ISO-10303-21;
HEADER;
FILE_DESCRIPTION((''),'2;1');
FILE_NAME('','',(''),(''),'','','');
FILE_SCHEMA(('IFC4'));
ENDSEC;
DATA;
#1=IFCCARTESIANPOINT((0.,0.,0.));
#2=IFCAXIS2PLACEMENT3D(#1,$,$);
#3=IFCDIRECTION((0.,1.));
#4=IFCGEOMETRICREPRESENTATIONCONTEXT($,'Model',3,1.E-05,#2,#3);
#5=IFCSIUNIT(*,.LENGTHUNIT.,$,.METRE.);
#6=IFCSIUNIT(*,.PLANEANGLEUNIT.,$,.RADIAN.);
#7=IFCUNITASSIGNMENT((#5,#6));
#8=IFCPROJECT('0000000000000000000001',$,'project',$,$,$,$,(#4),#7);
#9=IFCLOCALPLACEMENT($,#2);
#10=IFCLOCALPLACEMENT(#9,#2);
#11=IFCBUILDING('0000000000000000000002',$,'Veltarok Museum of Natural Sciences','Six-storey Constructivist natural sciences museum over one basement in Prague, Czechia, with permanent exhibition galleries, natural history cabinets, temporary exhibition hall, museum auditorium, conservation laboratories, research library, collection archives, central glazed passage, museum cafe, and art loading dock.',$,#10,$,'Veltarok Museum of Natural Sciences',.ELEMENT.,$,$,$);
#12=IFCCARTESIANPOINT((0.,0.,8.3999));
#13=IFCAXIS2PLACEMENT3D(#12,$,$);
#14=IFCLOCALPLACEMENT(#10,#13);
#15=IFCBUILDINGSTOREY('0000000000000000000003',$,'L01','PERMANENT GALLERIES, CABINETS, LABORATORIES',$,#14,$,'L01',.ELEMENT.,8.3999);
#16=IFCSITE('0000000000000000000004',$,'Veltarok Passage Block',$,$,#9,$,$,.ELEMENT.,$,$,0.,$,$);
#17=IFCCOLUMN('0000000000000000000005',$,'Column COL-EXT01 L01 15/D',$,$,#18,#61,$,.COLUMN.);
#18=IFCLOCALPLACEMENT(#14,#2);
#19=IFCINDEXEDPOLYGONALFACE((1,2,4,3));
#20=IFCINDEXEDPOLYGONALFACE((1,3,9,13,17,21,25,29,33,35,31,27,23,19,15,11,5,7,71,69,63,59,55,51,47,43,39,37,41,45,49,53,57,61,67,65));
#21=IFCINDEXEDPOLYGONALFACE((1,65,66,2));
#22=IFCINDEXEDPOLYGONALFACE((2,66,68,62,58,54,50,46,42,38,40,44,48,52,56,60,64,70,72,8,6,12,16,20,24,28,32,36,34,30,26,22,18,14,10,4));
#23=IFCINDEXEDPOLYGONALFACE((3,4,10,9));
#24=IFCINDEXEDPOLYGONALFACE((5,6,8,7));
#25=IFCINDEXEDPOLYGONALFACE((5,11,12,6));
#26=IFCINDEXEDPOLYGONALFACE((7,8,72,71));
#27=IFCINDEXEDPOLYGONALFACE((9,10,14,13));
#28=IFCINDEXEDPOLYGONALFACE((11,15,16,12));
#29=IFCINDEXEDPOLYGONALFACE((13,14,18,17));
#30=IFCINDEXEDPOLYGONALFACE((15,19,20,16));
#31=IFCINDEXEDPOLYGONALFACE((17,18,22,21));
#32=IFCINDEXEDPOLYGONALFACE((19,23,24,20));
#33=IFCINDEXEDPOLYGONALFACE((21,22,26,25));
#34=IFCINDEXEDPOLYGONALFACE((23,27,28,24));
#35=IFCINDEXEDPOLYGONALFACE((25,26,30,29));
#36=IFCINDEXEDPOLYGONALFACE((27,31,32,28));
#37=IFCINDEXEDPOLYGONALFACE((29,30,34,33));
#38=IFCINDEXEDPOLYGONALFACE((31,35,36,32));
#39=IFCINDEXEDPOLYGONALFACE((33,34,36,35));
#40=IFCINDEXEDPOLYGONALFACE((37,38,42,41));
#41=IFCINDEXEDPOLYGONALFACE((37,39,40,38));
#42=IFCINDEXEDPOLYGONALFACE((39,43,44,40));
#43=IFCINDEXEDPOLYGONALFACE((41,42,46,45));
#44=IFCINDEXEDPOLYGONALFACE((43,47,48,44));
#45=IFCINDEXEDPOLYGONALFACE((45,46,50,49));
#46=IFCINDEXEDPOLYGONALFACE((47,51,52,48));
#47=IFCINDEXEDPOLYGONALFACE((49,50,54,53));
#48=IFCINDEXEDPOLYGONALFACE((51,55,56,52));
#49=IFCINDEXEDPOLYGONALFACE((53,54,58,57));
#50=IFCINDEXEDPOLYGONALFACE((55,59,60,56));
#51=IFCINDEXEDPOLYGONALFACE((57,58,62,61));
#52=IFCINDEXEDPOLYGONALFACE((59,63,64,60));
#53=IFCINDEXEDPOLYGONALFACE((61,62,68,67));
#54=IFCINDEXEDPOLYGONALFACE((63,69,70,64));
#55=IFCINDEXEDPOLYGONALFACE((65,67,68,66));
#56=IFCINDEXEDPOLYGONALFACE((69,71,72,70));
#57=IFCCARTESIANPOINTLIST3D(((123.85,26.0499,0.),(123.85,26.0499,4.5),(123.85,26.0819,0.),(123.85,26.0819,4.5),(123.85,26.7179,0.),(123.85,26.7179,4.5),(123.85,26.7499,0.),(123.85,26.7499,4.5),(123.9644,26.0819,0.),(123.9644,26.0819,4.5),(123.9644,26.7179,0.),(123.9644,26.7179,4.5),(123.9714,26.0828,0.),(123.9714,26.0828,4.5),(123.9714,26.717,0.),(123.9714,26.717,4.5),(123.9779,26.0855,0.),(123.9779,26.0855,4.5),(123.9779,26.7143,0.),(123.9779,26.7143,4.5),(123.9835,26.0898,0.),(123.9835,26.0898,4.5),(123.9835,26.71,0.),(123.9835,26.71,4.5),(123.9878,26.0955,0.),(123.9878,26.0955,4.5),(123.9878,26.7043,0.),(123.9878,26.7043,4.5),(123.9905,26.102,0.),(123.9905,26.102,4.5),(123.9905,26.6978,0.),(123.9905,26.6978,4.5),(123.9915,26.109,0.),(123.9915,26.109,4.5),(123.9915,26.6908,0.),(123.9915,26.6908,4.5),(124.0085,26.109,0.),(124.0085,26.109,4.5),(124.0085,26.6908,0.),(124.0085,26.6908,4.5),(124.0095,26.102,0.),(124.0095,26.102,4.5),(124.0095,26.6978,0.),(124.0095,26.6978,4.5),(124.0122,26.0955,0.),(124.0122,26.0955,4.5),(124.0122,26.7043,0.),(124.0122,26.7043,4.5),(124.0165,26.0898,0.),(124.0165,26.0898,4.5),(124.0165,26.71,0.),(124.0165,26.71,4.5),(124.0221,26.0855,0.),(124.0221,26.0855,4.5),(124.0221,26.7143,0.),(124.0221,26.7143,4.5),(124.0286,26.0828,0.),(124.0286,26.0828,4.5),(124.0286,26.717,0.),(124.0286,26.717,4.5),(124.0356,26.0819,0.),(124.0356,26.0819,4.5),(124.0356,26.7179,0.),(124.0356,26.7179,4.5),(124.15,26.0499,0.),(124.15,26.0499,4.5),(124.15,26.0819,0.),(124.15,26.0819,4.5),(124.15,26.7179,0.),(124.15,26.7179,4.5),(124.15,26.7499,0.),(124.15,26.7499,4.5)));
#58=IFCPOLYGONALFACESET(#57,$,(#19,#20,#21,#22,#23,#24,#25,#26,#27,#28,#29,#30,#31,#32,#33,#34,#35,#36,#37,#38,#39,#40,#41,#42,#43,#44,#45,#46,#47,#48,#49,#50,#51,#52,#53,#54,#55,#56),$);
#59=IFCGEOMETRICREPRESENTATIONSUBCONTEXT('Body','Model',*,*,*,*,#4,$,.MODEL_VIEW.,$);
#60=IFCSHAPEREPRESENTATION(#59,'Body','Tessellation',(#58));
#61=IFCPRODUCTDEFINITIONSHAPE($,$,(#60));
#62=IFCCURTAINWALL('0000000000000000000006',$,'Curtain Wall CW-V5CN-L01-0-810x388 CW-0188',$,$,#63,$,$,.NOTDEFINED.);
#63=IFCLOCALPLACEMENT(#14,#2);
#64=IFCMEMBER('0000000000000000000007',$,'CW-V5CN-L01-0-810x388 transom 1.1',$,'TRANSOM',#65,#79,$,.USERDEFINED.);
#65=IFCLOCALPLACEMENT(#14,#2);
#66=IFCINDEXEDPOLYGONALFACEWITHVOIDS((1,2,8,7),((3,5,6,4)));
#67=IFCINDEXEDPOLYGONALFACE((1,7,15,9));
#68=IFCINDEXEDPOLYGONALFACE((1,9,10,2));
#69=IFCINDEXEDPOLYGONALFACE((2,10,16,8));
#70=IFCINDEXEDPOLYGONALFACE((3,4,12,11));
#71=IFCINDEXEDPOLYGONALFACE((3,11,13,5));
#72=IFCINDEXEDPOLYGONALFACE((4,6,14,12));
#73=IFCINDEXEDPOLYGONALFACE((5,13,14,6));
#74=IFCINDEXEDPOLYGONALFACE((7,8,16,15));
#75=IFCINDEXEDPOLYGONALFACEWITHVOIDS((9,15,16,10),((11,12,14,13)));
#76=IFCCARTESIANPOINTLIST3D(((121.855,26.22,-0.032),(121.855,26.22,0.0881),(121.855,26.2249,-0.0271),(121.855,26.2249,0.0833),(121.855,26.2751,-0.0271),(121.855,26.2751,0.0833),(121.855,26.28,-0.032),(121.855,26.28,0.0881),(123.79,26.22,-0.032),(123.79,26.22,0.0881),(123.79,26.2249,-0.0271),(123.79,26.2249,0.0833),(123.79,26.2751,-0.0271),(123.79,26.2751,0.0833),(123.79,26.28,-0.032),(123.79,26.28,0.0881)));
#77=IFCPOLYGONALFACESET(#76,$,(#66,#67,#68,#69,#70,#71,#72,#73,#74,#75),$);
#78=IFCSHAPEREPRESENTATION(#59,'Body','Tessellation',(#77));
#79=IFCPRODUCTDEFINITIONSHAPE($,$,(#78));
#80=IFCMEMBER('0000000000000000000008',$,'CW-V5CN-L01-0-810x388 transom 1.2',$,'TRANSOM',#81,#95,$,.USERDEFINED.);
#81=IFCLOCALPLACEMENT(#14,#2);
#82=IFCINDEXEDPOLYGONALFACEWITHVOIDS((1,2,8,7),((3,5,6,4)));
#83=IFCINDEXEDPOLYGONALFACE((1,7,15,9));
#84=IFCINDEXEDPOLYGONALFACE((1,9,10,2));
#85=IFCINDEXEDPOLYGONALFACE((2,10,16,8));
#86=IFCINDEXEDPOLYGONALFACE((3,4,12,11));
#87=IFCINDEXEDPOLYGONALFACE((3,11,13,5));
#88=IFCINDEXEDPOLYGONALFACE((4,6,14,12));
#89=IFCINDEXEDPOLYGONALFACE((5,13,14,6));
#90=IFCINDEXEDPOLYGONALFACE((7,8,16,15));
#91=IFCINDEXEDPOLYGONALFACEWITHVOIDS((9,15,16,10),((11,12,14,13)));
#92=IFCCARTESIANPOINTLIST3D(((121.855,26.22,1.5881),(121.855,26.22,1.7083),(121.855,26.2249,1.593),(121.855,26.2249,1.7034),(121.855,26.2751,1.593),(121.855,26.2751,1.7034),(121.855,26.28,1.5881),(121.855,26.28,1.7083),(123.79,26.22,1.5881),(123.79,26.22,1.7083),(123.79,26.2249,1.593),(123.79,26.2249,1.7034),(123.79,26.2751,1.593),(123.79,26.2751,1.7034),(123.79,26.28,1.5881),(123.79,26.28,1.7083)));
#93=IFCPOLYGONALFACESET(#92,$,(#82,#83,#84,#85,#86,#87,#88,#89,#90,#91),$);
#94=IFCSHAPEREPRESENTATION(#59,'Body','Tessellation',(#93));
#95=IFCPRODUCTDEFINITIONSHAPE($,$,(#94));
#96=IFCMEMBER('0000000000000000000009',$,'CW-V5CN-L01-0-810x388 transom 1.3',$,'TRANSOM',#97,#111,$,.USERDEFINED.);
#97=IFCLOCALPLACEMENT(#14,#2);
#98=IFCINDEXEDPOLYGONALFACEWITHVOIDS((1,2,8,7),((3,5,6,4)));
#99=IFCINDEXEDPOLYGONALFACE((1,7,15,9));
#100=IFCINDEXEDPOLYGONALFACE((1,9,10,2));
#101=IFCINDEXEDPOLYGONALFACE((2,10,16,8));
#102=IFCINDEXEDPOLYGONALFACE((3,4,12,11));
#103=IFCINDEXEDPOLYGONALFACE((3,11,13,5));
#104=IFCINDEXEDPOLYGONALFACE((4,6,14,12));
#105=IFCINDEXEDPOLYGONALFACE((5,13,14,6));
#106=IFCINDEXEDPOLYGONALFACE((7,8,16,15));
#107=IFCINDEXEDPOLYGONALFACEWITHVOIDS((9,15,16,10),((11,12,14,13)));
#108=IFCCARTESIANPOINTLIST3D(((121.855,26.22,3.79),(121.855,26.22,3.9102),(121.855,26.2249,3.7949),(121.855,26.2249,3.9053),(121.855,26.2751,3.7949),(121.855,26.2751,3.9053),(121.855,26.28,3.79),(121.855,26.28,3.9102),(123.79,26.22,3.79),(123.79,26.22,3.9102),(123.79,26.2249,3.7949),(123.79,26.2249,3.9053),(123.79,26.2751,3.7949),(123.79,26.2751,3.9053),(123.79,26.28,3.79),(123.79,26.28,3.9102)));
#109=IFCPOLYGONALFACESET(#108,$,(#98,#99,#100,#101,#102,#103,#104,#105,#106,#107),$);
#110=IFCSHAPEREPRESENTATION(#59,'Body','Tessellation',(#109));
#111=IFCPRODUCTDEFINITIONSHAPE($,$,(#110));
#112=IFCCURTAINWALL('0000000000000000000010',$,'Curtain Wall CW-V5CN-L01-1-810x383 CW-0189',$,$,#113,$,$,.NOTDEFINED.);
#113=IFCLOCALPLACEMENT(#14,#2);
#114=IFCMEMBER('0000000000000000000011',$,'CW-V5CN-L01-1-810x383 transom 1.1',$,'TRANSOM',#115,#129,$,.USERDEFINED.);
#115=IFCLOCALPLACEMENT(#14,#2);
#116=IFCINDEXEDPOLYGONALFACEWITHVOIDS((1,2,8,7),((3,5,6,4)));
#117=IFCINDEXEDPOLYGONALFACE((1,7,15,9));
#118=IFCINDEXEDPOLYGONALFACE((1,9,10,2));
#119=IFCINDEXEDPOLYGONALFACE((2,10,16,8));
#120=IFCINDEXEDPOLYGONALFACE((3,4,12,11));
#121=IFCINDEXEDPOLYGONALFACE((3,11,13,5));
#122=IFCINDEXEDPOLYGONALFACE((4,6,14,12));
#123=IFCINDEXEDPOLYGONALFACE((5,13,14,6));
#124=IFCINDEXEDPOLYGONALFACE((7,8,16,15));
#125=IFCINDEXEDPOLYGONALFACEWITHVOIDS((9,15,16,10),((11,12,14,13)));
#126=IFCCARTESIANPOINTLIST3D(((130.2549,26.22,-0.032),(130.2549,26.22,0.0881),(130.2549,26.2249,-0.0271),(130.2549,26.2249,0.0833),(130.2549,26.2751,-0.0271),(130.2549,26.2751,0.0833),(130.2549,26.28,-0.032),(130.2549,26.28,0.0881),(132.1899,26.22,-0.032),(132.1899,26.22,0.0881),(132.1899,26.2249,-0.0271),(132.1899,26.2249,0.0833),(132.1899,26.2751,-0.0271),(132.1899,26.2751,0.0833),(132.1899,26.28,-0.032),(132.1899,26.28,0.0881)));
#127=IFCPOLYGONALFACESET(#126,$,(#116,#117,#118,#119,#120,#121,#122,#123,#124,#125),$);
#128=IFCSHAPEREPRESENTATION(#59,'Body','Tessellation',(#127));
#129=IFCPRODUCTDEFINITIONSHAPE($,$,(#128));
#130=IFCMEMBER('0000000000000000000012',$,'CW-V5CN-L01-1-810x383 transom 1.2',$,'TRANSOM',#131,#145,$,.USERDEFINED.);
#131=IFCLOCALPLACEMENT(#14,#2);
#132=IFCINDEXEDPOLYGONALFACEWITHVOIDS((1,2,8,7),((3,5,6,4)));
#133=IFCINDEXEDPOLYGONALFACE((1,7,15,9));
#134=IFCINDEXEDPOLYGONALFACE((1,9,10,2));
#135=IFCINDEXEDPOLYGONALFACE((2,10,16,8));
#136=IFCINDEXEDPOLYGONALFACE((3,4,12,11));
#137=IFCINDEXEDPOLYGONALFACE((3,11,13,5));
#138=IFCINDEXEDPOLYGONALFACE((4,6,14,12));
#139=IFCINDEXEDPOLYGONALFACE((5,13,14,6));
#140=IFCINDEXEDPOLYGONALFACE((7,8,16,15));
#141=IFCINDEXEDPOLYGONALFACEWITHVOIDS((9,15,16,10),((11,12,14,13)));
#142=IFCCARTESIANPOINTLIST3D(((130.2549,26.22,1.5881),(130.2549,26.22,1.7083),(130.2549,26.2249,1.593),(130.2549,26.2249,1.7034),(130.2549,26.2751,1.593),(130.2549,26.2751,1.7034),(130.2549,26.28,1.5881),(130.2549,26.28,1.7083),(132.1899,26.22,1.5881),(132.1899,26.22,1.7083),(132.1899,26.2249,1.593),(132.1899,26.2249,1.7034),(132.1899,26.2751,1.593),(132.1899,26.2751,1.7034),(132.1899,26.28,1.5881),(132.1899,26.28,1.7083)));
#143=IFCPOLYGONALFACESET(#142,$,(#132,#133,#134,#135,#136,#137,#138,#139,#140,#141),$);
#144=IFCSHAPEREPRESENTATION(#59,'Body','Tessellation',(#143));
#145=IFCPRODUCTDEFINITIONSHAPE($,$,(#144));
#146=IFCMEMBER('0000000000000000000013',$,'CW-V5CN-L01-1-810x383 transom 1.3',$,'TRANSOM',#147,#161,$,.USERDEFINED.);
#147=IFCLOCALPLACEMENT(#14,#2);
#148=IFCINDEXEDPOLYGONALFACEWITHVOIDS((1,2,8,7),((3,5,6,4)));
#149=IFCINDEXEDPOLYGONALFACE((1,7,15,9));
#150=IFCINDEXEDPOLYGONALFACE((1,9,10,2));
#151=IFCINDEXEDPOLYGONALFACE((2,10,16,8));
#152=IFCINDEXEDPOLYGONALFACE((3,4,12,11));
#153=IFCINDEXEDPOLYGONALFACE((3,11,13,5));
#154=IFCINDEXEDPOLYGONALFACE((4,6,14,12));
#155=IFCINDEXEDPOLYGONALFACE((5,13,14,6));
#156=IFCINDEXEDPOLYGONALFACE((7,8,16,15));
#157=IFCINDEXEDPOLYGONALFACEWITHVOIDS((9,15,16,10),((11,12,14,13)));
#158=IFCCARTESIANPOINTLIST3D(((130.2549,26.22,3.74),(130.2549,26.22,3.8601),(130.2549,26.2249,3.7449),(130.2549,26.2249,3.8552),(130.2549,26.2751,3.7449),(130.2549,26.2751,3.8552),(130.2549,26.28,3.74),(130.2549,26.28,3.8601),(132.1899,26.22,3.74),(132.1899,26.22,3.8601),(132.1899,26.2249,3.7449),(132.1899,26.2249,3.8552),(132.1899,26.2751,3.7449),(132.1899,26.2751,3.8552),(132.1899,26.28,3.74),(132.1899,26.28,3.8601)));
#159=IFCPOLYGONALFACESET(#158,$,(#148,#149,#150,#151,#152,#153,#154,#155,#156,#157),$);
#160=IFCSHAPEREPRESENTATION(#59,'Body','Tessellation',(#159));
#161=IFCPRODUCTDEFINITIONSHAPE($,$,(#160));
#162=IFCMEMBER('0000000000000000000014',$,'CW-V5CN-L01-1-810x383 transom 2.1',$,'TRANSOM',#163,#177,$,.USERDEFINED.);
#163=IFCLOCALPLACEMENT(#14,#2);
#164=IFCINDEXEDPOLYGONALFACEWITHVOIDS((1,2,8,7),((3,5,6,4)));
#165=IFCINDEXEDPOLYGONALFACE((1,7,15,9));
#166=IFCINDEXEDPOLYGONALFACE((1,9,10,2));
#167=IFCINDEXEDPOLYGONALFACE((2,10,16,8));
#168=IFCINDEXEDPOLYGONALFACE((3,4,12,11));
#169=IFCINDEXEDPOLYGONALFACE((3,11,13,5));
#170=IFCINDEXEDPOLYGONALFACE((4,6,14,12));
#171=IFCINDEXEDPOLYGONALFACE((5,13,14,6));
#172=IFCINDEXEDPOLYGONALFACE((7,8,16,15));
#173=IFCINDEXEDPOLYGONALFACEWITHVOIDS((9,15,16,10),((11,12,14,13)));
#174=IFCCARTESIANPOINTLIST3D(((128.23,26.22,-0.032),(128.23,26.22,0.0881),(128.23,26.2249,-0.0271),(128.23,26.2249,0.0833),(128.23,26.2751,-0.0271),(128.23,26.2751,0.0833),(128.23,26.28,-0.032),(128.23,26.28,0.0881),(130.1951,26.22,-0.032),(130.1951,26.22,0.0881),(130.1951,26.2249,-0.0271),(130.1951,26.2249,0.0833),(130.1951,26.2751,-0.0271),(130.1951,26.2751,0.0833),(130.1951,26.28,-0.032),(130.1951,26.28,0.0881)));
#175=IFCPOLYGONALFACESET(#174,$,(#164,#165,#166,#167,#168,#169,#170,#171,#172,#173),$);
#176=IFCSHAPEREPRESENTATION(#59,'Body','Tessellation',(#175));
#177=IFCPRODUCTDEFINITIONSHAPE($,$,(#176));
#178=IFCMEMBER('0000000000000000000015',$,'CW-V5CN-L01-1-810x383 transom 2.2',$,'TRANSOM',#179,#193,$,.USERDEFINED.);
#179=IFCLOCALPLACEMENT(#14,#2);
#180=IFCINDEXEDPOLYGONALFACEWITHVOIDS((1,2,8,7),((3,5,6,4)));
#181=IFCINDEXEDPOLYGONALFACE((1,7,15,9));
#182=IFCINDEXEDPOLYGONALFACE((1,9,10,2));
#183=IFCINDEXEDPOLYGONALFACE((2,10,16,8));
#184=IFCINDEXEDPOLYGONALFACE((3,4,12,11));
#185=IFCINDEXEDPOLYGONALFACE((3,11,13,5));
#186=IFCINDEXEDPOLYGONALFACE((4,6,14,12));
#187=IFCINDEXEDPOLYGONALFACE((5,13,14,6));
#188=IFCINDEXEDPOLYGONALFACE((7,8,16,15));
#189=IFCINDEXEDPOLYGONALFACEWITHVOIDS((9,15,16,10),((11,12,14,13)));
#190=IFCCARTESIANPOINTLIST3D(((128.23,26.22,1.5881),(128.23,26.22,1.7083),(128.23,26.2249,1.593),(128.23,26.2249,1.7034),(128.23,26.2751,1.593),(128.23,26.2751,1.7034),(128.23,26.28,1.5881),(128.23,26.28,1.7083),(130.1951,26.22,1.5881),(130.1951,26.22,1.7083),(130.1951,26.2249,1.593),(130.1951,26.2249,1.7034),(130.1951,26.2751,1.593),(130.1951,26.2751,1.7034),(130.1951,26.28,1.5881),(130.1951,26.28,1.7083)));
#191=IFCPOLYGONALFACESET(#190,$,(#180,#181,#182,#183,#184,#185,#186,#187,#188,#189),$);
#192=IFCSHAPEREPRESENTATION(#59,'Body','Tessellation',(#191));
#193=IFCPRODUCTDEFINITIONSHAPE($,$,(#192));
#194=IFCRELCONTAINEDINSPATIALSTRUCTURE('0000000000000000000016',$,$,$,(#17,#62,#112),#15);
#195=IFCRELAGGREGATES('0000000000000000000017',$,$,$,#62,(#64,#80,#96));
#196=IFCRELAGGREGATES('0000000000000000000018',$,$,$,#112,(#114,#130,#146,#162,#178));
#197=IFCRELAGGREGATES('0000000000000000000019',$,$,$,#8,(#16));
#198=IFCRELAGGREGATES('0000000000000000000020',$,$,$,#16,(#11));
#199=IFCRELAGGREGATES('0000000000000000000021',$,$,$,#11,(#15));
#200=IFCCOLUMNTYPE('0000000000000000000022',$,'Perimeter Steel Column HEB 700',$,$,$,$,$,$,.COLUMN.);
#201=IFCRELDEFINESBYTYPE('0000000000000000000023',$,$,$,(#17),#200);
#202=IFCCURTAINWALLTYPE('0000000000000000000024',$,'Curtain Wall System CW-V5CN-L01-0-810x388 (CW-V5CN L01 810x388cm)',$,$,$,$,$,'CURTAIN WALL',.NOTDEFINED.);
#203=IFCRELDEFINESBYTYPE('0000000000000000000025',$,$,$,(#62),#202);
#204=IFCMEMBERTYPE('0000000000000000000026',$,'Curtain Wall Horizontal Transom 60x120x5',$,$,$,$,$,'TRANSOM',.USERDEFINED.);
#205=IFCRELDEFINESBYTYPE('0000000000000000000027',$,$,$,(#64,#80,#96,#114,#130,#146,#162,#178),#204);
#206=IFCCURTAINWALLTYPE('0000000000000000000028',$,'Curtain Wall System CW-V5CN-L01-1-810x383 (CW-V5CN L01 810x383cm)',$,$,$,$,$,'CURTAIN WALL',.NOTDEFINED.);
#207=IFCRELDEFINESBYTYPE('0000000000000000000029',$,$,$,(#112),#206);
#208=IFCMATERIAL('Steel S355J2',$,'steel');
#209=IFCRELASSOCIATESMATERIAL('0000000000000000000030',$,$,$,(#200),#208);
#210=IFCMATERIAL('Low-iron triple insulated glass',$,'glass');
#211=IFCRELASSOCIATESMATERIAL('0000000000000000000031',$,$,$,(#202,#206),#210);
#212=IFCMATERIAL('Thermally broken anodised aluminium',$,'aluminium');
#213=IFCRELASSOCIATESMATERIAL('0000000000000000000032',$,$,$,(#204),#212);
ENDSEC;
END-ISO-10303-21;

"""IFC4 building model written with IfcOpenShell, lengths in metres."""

from ifc_helpers import new_model, si_unit, direction, frame, origin, origin_2d, place, context, subcontext, project, spatial, hollow_rectangle, i_section, extrude, material, material_profile, profile_set, type_object, element, aggregate, save


model = new_model("IFC4")

# Units and contexts
model_context = context("Model", 3, precision=1e-05, world=origin(), true_north=direction((0.0, 1.0)))
body_context = subcontext(model_context, "Body", "Model", "MODEL_VIEW")
ifc_project = project(units=[si_unit("LENGTHUNIT", "METRE"), si_unit("PLANEANGLEUNIT", "RADIAN")], contexts=[model_context])

# Site, building, storey
site_placement = place(None, origin())
site = spatial("IfcSite", under=ifc_project, at=site_placement, Name="Veltarok Passage Block", CompositionType="ELEMENT", RefElevation=0.0)
building_placement = place(site_placement, origin())
building = spatial("IfcBuilding", under=site, at=building_placement, Name="Veltarok Museum of Natural Sciences", Description="Six-storey Constructivist natural sciences museum over one basement in Prague, Czechia, with permanent exhibition galleries, natural history cabinets, temporary exhibition hall, museum auditorium, conservation laboratories, research library, collection archives, central glazed passage, museum cafe, and art loading dock.", LongName="Veltarok Museum of Natural Sciences", CompositionType="ELEMENT")
storey_placement = place(building_placement, frame((0.0, 0.0, 8.3999)))
storey = spatial("IfcBuildingStorey", under=building, at=storey_placement, Name="L01", Description="PERMANENT GALLERIES, CABINETS, LABORATORIES", LongName="L01", CompositionType="ELEMENT", Elevation=8.3999)

# Column
ifc_material_1 = material(Name="Steel S355J2", Category="steel")
ifc_material_profile_1 = material_profile(ifc_material_1, i_section(OverallWidth=0.3, OverallDepth=0.7, WebThickness=0.0171, FlangeThickness=0.032, FilletRadius=0.0271, at=origin_2d()), Name="HEB 700")
ifc_profile_set_1 = profile_set([ifc_material_profile_1], Name="Steel S355J2")
column_type = type_object("IfcColumnType", Name="Perimeter Steel Column HEB 700", PredefinedType="COLUMN", material=ifc_profile_set_1)
column_placement = place(storey_placement, frame((124.0, 26.3999, 0.0), z_axis=(0.0, 0.0, 1.0), x_axis=(1.0, 0.0, 0.0)))
element("IfcColumn", 1, at=column_placement, inside=storey, type_object=column_type, Name="Column COL-EXT01 L01 15/D", PredefinedType="COLUMN", context=body_context, shape_type="SweptSolid", body=[
    extrude(i_section(OverallWidth=0.3, OverallDepth=0.7, WebThickness=0.0171, FlangeThickness=0.032, FilletRadius=0.0271, at=origin_2d()), origin(), (0.0, 0.0, 1.0), 4.5),
])

# Curtain walls, members
ifc_material_2 = material(Name="Low-iron triple insulated glass", Category="glass")
curtain_wall_type_1 = type_object("IfcCurtainWallType", Name="Curtain Wall System CW-V5CN-L01-0-810x388 (CW-V5CN L01 810x388cm)", ElementType="CURTAIN WALL", PredefinedType="NOTDEFINED", material=ifc_material_2)
curtain_wall_1_placement = place(storey_placement, origin())
curtain_wall_1 = element("IfcCurtainWall", 2, at=curtain_wall_1_placement, inside=storey, type_object=curtain_wall_type_1, Name="Curtain Wall CW-V5CN-L01-0-810x388 CW-0188", PredefinedType="NOTDEFINED")
ifc_material_3 = material(Name="Thermally broken anodised aluminium", Category="aluminium")
ifc_material_profile_2 = material_profile(ifc_material_3, hollow_rectangle(XDim=0.0601, YDim=0.1201, WallThickness=0.0049, at=origin_2d()), Name="CW TRANSOM 60x120x5")
ifc_profile_set_2 = profile_set([ifc_material_profile_2], Name="Thermally broken anodised aluminium")
member_type_1 = type_object("IfcMemberType", Name="Curtain Wall Horizontal Transom 60x120x5", ElementType="TRANSOM", PredefinedType="USERDEFINED", material=ifc_profile_set_2)
member_1_placement = place(storey_placement, frame((123.79, 26.25, 0.0281), z_axis=(-1.0, 0.0, 0.0), x_axis=(0.0, -1.0, 0.0)))
member_1 = element("IfcMember", 3, at=member_1_placement, type_object=member_type_1, Name="CW-V5CN-L01-0-810x388 transom 1.1", ObjectType="TRANSOM", PredefinedType="USERDEFINED", context=body_context, shape_type="SweptSolid", body=[
    extrude(hollow_rectangle(XDim=0.0601, YDim=0.1201, WallThickness=0.0049, at=origin_2d()), origin(), (0.0, 0.0, 1.0), 1.9351),
])
member_2_placement = place(storey_placement, frame((123.79, 26.25, 1.6482), z_axis=(-1.0, 0.0, 0.0), x_axis=(0.0, -1.0, 0.0)))
member_2 = element("IfcMember", 4, at=member_2_placement, type_object=member_type_1, Name="CW-V5CN-L01-0-810x388 transom 1.2", ObjectType="TRANSOM", PredefinedType="USERDEFINED", context=body_context, shape_type="SweptSolid", body=[
    extrude(hollow_rectangle(XDim=0.0601, YDim=0.1201, WallThickness=0.0049, at=origin_2d()), origin(), (0.0, 0.0, 1.0), 1.9351),
])
member_3_placement = place(storey_placement, frame((123.79, 26.25, 3.8501), z_axis=(-1.0, 0.0, 0.0), x_axis=(0.0, -1.0, 0.0)))
member_3 = element("IfcMember", 5, at=member_3_placement, type_object=member_type_1, Name="CW-V5CN-L01-0-810x388 transom 1.3", ObjectType="TRANSOM", PredefinedType="USERDEFINED", context=body_context, shape_type="SweptSolid", body=[
    extrude(hollow_rectangle(XDim=0.0601, YDim=0.1201, WallThickness=0.0049, at=origin_2d()), origin(), (0.0, 0.0, 1.0), 1.9351),
])
curtain_wall_type_2 = type_object("IfcCurtainWallType", Name="Curtain Wall System CW-V5CN-L01-1-810x383 (CW-V5CN L01 810x383cm)", ElementType="CURTAIN WALL", PredefinedType="NOTDEFINED", material=ifc_material_2)
curtain_wall_2_placement = place(storey_placement, origin())
curtain_wall_2 = element("IfcCurtainWall", 6, at=curtain_wall_2_placement, inside=storey, type_object=curtain_wall_type_2, Name="Curtain Wall CW-V5CN-L01-1-810x383 CW-0189", PredefinedType="NOTDEFINED")
member_4_placement = place(storey_placement, frame((132.1899, 26.25, 0.0281), z_axis=(-1.0, 0.0, 0.0), x_axis=(0.0, -1.0, 0.0)))
member_4 = element("IfcMember", 7, at=member_4_placement, type_object=member_type_1, Name="CW-V5CN-L01-1-810x383 transom 1.1", ObjectType="TRANSOM", PredefinedType="USERDEFINED", context=body_context, shape_type="SweptSolid", body=[
    extrude(hollow_rectangle(XDim=0.0601, YDim=0.1201, WallThickness=0.0049, at=origin_2d()), origin(), (0.0, 0.0, 1.0), 1.9351),
])
member_5_placement = place(storey_placement, frame((132.1899, 26.25, 1.6482), z_axis=(-1.0, 0.0, 0.0), x_axis=(0.0, -1.0, 0.0)))
member_5 = element("IfcMember", 8, at=member_5_placement, type_object=member_type_1, Name="CW-V5CN-L01-1-810x383 transom 1.2", ObjectType="TRANSOM", PredefinedType="USERDEFINED", context=body_context, shape_type="SweptSolid", body=[
    extrude(hollow_rectangle(XDim=0.0601, YDim=0.1201, WallThickness=0.0049, at=origin_2d()), origin(), (0.0, 0.0, 1.0), 1.9351),
])
member_6_placement = place(storey_placement, frame((132.1899, 26.25, 3.8), z_axis=(-1.0, 0.0, 0.0), x_axis=(0.0, -1.0, 0.0)))
member_6 = element("IfcMember", 9, at=member_6_placement, type_object=member_type_1, Name="CW-V5CN-L01-1-810x383 transom 1.3", ObjectType="TRANSOM", PredefinedType="USERDEFINED", context=body_context, shape_type="SweptSolid", body=[
    extrude(hollow_rectangle(XDim=0.0601, YDim=0.1201, WallThickness=0.0049, at=origin_2d()), origin(), (0.0, 0.0, 1.0), 1.9351),
])
member_7_placement = place(storey_placement, frame((130.1951, 26.25, 0.0281), z_axis=(-1.0, 0.0, 0.0), x_axis=(0.0, -1.0, 0.0)))
member_7 = element("IfcMember", 10, at=member_7_placement, type_object=member_type_1, Name="CW-V5CN-L01-1-810x383 transom 2.1", ObjectType="TRANSOM", PredefinedType="USERDEFINED", context=body_context, shape_type="SweptSolid", body=[
    extrude(hollow_rectangle(XDim=0.0601, YDim=0.1201, WallThickness=0.0049, at=origin_2d()), origin(), (0.0, 0.0, 1.0), 1.9651),
])
member_8_placement = place(storey_placement, frame((130.1951, 26.25, 1.6482), z_axis=(-1.0, 0.0, 0.0), x_axis=(0.0, -1.0, 0.0)))
member_8 = element("IfcMember", 11, at=member_8_placement, type_object=member_type_1, Name="CW-V5CN-L01-1-810x383 transom 2.2", ObjectType="TRANSOM", PredefinedType="USERDEFINED", context=body_context, shape_type="SweptSolid", body=[
    extrude(hollow_rectangle(XDim=0.0601, YDim=0.1201, WallThickness=0.0049, at=origin_2d()), origin(), (0.0, 0.0, 1.0), 1.9651),
])

aggregate(curtain_wall_1, [member_1, member_2, member_3])
aggregate(curtain_wall_2, [member_4, member_5, member_6, member_7, member_8])

save(model, "model.ifc")
